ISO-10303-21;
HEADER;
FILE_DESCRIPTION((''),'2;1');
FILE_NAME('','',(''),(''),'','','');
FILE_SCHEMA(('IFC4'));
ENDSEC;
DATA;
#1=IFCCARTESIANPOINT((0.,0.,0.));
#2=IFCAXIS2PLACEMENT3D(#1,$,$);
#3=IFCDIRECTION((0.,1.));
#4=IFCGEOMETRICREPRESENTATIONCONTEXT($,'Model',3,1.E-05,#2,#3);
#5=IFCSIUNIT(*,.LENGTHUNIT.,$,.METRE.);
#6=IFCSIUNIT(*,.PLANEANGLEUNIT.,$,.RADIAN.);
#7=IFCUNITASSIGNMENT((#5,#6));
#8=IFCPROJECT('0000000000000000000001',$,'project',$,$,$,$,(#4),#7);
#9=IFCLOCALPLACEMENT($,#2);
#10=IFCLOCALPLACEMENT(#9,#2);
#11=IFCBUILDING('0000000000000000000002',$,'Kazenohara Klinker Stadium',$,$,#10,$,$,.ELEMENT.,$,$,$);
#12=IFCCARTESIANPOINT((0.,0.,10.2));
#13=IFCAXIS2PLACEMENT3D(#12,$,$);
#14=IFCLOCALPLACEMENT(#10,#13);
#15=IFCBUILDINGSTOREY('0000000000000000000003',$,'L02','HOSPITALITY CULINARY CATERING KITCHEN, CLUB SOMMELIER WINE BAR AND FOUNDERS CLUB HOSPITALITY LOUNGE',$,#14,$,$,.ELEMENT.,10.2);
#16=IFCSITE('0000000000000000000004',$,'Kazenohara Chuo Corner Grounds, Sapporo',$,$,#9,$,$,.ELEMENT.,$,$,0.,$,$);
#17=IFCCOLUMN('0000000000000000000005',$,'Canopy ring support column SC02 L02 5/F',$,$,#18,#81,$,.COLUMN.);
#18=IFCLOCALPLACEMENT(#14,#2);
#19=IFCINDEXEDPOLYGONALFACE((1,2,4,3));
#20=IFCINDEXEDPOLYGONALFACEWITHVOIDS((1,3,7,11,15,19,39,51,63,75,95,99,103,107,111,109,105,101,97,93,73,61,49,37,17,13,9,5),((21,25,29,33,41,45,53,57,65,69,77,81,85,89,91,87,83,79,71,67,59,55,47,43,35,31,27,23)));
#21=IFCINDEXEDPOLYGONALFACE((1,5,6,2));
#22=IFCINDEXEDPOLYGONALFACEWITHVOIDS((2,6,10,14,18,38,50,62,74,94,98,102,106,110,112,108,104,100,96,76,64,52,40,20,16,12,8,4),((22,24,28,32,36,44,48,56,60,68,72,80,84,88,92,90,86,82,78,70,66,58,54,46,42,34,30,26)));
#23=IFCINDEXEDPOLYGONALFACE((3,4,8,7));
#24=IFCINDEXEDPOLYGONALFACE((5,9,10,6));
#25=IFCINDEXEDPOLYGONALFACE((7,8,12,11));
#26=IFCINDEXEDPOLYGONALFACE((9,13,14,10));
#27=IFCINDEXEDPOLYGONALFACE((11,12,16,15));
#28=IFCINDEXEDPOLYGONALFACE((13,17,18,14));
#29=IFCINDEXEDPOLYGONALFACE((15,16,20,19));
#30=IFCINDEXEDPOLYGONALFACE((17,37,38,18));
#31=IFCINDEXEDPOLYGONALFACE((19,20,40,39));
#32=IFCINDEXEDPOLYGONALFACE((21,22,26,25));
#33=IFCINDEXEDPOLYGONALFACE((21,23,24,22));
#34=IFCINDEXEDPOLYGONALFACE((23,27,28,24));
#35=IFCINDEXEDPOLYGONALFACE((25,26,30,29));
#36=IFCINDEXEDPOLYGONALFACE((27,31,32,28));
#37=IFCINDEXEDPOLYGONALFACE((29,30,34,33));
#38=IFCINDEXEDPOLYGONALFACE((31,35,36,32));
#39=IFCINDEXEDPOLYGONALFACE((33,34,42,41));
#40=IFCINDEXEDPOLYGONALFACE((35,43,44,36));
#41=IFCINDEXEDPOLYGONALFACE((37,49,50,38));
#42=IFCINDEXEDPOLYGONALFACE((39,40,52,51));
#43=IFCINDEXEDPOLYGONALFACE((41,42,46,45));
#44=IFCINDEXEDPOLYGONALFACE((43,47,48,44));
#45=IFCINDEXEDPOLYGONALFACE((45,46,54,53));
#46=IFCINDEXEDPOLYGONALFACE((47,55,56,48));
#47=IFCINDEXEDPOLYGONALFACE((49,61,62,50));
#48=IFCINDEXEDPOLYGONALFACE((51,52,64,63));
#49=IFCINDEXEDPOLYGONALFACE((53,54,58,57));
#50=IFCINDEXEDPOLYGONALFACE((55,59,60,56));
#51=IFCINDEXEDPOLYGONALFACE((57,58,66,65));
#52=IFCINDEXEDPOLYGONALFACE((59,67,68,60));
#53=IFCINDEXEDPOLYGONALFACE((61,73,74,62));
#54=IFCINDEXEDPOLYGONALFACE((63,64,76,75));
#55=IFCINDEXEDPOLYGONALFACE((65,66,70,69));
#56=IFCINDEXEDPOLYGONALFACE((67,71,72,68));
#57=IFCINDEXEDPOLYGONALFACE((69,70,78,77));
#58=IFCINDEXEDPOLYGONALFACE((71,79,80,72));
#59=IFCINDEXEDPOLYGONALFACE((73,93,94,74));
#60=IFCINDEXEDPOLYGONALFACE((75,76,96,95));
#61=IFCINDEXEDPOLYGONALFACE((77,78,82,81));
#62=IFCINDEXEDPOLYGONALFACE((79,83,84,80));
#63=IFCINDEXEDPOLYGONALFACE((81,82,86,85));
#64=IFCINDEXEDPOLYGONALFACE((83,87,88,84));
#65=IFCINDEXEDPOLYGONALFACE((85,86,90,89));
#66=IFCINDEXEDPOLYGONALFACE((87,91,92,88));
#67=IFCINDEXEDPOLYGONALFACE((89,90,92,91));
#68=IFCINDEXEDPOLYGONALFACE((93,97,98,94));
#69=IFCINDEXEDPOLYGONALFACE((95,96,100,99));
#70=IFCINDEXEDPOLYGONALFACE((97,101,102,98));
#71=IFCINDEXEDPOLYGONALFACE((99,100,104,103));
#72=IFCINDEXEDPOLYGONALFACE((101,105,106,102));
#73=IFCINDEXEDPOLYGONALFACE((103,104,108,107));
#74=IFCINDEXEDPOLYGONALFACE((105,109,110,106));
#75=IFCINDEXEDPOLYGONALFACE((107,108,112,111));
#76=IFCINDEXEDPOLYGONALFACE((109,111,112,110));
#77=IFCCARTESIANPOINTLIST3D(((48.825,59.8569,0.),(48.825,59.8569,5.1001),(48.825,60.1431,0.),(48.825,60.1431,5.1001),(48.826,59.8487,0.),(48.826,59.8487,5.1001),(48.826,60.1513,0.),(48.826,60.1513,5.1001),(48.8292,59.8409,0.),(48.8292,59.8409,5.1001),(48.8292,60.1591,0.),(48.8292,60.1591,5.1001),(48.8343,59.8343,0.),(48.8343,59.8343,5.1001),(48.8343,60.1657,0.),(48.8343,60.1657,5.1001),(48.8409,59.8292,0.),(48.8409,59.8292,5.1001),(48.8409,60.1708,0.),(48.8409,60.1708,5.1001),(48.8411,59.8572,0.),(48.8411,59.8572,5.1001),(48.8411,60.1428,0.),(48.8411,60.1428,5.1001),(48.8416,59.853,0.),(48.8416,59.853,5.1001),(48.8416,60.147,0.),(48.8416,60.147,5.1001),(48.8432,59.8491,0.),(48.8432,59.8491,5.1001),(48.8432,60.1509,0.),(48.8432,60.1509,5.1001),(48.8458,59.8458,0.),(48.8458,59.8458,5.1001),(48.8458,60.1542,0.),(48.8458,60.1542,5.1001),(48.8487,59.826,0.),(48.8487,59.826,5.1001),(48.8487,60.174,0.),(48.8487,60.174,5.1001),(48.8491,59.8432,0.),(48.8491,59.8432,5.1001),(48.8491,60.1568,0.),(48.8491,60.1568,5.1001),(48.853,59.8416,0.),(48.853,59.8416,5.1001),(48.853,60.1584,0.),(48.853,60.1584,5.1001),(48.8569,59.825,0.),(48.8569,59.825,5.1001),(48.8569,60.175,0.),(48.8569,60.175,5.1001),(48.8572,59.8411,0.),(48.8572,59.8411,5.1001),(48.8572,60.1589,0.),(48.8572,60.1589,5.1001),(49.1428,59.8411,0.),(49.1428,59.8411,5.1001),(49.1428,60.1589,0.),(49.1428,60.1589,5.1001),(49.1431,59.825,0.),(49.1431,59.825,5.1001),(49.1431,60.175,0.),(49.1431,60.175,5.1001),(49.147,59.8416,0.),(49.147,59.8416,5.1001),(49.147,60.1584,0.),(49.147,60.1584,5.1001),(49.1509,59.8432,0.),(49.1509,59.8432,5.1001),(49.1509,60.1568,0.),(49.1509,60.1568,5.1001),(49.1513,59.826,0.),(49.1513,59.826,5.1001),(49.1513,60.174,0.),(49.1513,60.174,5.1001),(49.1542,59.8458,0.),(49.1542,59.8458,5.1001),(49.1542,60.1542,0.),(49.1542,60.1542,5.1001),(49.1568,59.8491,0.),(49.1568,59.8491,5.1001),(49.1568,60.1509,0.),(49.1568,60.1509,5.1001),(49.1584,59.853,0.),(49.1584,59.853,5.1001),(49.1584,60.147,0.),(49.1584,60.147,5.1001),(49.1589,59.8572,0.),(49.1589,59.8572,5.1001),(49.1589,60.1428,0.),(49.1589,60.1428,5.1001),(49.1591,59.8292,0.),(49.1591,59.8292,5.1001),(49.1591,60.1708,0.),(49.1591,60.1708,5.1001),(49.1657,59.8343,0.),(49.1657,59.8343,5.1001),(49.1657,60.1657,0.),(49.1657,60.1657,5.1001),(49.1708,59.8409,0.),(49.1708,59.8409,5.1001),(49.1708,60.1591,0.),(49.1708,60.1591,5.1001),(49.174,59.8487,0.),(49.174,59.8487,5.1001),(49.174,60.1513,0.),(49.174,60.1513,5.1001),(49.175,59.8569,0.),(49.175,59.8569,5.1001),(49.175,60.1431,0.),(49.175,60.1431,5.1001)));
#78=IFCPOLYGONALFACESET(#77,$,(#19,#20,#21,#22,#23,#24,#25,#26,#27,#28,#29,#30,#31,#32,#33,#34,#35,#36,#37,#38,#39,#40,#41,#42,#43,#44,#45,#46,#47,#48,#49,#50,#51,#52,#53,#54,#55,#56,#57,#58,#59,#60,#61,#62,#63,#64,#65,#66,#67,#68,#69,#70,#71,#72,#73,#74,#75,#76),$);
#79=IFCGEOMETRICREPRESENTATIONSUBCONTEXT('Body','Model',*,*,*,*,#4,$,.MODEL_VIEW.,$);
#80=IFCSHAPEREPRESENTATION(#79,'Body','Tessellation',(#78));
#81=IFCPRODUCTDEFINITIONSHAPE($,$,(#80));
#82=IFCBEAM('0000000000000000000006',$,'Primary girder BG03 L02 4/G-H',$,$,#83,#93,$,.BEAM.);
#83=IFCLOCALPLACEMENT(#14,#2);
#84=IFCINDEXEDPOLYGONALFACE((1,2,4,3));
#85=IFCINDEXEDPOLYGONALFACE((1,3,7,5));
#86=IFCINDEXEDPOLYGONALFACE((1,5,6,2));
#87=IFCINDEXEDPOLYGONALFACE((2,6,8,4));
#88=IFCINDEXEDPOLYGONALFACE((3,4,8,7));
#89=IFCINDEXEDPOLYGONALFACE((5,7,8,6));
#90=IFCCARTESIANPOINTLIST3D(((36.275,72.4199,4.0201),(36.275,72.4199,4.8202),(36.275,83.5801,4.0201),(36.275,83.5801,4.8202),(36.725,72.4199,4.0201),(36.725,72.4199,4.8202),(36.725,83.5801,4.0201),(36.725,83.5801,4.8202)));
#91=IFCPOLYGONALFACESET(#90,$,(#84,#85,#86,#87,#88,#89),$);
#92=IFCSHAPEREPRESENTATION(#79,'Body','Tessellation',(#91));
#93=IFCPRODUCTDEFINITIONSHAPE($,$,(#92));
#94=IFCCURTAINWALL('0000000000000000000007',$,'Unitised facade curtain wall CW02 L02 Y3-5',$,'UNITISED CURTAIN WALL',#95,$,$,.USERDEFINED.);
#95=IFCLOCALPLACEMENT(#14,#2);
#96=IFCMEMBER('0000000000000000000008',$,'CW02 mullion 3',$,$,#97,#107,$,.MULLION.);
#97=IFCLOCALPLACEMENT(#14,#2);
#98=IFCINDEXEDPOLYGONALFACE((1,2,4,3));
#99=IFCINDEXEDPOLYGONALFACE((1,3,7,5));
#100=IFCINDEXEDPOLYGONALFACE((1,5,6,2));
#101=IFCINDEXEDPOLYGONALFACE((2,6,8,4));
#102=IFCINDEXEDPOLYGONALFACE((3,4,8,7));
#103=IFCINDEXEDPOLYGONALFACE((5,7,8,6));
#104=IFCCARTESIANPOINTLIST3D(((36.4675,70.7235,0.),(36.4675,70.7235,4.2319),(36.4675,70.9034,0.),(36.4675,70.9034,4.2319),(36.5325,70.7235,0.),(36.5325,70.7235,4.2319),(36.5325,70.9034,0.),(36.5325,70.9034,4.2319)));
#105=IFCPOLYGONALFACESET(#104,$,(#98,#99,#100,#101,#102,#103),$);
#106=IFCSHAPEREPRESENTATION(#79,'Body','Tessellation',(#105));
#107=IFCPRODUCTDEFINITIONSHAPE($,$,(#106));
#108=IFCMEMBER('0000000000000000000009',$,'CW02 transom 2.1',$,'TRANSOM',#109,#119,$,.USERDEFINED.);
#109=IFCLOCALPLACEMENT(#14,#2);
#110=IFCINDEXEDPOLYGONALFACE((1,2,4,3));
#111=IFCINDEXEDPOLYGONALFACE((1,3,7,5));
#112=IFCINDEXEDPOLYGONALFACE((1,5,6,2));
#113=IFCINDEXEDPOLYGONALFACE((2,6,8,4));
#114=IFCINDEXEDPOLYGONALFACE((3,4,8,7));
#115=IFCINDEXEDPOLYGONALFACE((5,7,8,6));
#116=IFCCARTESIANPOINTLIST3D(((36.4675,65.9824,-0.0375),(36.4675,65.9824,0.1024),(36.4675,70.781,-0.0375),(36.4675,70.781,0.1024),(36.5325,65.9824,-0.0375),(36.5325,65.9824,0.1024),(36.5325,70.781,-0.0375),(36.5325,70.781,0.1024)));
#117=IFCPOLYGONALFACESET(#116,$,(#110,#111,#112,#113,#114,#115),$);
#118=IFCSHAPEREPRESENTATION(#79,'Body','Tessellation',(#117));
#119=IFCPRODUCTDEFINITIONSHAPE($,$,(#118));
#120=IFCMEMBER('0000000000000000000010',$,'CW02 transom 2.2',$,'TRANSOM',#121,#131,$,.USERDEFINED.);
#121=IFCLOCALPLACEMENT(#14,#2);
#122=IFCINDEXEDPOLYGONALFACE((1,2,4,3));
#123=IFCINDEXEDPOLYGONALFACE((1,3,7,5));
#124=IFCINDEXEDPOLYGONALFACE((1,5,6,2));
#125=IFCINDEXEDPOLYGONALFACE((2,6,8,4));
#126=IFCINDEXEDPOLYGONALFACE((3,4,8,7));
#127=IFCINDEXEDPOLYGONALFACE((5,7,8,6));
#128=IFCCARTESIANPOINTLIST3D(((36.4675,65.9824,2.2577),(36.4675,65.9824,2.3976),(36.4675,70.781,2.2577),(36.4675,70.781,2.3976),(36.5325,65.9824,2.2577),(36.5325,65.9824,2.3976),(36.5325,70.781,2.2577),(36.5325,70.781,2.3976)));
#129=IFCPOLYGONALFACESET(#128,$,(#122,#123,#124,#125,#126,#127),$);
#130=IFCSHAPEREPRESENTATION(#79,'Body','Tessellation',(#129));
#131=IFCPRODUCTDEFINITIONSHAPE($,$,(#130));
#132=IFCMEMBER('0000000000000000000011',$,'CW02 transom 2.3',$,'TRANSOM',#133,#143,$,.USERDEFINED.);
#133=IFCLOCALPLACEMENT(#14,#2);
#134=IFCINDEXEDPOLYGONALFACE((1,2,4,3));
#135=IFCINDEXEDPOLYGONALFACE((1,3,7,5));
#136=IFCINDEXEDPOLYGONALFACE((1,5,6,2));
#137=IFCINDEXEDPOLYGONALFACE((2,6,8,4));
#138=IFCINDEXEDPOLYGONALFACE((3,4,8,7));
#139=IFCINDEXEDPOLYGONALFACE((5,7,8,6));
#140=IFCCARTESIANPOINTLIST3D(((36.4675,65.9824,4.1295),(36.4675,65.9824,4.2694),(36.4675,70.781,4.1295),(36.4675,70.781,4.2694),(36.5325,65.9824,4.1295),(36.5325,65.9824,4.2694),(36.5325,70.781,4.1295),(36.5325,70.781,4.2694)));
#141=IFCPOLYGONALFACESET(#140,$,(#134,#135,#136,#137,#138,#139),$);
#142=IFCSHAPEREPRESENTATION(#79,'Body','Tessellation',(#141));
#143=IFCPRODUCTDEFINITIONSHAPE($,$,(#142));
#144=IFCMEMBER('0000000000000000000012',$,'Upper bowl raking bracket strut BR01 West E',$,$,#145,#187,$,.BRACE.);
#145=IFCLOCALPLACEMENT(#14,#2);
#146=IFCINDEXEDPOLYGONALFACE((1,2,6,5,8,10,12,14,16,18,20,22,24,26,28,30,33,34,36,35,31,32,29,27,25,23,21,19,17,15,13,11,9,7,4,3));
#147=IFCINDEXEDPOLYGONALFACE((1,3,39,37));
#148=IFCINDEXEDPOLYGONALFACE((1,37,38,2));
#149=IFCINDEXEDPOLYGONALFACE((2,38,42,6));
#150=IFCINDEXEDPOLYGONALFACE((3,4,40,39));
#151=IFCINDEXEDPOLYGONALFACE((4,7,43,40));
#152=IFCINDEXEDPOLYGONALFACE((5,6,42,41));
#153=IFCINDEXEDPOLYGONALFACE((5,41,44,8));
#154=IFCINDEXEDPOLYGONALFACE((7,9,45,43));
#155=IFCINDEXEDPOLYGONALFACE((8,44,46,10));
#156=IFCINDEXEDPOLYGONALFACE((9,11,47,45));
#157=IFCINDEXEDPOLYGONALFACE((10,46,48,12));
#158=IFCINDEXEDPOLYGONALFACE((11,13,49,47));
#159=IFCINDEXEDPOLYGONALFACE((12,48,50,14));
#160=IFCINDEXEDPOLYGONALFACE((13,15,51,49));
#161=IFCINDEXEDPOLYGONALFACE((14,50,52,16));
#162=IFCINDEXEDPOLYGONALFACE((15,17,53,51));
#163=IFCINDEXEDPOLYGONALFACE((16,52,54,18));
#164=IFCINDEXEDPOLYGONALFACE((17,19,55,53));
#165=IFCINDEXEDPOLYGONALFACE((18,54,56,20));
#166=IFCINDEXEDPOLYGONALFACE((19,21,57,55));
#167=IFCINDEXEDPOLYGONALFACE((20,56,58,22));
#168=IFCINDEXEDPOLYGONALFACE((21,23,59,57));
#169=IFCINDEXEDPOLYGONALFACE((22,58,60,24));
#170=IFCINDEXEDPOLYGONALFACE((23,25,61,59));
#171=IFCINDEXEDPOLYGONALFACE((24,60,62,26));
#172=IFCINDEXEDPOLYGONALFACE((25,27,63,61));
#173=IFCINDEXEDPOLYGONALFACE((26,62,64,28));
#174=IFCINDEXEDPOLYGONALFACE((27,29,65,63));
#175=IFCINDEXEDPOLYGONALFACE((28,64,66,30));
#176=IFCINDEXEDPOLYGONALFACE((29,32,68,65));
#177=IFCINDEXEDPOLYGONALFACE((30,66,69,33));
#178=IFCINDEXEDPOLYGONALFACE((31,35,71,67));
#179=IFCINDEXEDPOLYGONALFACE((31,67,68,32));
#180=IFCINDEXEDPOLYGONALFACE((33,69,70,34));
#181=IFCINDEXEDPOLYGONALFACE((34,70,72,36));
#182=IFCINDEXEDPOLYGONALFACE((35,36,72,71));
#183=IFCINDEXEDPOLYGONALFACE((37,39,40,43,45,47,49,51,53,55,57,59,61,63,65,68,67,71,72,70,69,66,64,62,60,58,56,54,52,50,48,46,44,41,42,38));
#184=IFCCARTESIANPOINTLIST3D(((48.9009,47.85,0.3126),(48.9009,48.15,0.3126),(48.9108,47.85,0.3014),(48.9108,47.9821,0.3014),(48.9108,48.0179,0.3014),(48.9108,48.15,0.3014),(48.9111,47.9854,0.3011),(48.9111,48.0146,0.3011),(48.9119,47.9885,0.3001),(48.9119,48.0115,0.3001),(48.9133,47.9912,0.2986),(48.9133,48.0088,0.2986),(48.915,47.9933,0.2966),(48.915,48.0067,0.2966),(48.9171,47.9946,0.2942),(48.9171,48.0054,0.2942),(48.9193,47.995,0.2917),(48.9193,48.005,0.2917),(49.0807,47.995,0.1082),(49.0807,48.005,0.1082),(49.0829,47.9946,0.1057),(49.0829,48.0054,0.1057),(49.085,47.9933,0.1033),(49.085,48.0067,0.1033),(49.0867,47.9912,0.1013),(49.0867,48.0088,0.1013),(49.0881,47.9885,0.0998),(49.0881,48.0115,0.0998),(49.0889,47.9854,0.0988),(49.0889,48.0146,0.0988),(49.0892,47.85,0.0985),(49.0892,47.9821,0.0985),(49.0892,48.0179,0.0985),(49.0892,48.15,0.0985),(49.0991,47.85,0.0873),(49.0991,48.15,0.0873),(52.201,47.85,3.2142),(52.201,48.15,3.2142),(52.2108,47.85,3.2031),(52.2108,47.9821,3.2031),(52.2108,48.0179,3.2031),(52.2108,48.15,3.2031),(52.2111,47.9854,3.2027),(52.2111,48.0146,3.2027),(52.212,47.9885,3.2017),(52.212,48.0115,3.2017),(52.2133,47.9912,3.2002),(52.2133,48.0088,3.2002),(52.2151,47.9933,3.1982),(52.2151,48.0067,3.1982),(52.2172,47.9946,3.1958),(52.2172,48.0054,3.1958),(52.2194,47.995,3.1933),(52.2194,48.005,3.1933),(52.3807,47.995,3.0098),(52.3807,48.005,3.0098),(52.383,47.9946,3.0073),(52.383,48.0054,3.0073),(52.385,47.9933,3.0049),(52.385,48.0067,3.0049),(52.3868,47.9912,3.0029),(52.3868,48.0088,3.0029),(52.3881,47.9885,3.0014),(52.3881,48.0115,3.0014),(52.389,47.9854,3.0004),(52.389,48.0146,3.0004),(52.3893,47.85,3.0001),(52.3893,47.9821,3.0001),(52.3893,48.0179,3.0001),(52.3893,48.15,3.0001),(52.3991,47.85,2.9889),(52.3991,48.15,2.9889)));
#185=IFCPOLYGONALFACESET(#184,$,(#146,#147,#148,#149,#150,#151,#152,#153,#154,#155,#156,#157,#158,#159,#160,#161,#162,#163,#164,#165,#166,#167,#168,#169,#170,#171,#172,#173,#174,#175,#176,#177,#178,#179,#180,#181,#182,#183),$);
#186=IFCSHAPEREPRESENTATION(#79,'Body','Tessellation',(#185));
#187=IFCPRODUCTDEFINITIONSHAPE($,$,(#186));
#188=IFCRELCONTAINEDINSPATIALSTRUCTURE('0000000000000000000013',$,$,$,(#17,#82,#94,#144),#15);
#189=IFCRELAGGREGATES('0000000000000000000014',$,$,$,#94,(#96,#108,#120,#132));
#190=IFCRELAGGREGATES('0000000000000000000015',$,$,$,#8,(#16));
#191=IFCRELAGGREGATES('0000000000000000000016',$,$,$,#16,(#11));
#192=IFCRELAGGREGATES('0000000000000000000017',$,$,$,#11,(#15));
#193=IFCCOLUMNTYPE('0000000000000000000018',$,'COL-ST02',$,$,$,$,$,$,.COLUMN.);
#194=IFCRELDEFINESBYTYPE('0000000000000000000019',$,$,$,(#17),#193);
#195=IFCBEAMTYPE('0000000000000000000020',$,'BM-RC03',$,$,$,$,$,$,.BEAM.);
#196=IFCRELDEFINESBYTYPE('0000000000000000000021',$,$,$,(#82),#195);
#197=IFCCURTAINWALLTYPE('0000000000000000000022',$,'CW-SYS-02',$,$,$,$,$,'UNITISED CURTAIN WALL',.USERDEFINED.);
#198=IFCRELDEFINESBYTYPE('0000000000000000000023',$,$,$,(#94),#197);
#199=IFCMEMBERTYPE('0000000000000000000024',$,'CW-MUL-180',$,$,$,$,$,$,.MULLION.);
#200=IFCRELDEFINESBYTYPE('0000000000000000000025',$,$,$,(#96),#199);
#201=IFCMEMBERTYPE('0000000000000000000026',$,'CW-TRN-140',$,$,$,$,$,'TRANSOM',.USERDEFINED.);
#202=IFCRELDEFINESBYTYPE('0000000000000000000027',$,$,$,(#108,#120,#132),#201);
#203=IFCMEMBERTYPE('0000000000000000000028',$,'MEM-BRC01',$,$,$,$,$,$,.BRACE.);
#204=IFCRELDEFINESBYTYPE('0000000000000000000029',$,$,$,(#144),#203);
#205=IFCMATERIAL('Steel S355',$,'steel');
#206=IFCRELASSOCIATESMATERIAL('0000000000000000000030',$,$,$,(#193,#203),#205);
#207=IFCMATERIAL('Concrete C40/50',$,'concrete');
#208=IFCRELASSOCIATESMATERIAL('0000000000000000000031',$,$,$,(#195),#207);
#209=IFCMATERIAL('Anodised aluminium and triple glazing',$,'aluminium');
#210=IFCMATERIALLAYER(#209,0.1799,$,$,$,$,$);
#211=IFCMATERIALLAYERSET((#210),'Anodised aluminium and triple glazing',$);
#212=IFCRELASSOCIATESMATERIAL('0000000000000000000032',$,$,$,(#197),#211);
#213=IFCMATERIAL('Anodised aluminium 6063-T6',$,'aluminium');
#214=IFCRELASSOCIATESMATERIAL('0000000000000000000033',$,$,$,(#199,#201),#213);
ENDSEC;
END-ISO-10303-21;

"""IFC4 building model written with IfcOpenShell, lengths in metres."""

from ifc_helpers import new_model, si_unit, direction, frame, origin, origin_2d, place, context, subcontext, project, spatial, rectangle, hollow_rectangle, i_section, extrude, material, layer, layer_set, material_profile, profile_set, type_object, element, aggregate, save


model = new_model("IFC4")

# Units and contexts
model_context = context("Model", 3, precision=1e-05, world=origin(), true_north=direction((0.0, 1.0)))
body_context = subcontext(model_context, "Body", "Model", "MODEL_VIEW")
ifc_project = project(units=[si_unit("LENGTHUNIT", "METRE"), si_unit("PLANEANGLEUNIT", "RADIAN")], contexts=[model_context])

# Site, building, storey
site_placement = place(None, origin())
site = spatial("IfcSite", under=ifc_project, at=site_placement, Name="Kazenohara Chuo Corner Grounds, Sapporo", CompositionType="ELEMENT", RefElevation=0.0)
building_placement = place(site_placement, origin())
building = spatial("IfcBuilding", under=site, at=building_placement, Name="Kazenohara Klinker Stadium", CompositionType="ELEMENT")
storey_placement = place(building_placement, frame((0.0, 0.0, 10.2)))
storey = spatial("IfcBuildingStorey", under=building, at=storey_placement, Name="L02", Description="HOSPITALITY CULINARY CATERING KITCHEN, CLUB SOMMELIER WINE BAR AND FOUNDERS CLUB HOSPITALITY LOUNGE", CompositionType="ELEMENT", Elevation=10.2)

# Column
ifc_material_1 = material(Name="Concrete C40/50", Category="concrete")
ifc_material_2 = material(Name="Steel S355", Category="steel")
ifc_material_profile_1 = material_profile(ifc_material_2, hollow_rectangle(XDim=0.3501, YDim=0.3501, WallThickness=0.0161, InnerFilletRadius=0.0161, OuterFilletRadius=0.032, at=origin_2d()), Name="SHS-350x350x16")
ifc_profile_set_1 = profile_set([ifc_material_profile_1], Name="Steel S355")
column_type_1 = type_object("IfcColumnType", Name="COL-ST02", PredefinedType="COLUMN", material=ifc_profile_set_1)
column_placement = place(storey_placement, frame((49.0, 60.0, 0.0), z_axis=(0.0, 0.0, 1.0), x_axis=(1.0, 0.0, 0.0)))
element("IfcColumn", 1, at=column_placement, inside=storey, type_object=column_type_1, Name="Canopy ring support column SC02 L02 5/F", PredefinedType="COLUMN", context=body_context, shape_type="SweptSolid", body=[
    extrude(hollow_rectangle(XDim=0.3501, YDim=0.3501, WallThickness=0.0161, InnerFilletRadius=0.0161, OuterFilletRadius=0.032, at=origin_2d()), origin(), (0.0, 0.0, 1.0), 5.1001),
])

# Beam
ifc_material_profile_2 = material_profile(ifc_material_1, rectangle(XDim=0.45, YDim=0.8, at=origin_2d()), Name="RC-BM-450x800")
ifc_profile_set_2 = profile_set([ifc_material_profile_2], Name="Concrete C40/50")
beam_type = type_object("IfcBeamType", Name="BM-RC03", PredefinedType="BEAM", material=ifc_profile_set_2)
beam_placement = place(storey_placement, frame((36.5, 72.4199, 4.4202), z_axis=(0.0, 1.0, 0.0), x_axis=(-1.0, 0.0, 0.0)))
element("IfcBeam", 2, at=beam_placement, inside=storey, type_object=beam_type, Name="Primary girder BG03 L02 4/G-H", PredefinedType="BEAM", context=body_context, shape_type="SweptSolid", body=[
    extrude(rectangle(XDim=0.45, YDim=0.8, at=origin_2d()), origin(), (0.0, 0.0, 1.0), 11.1602),
])

# Curtain wall, members
ifc_material_3 = material(Name="Anodised aluminium and triple glazing", Category="aluminium")
ifc_layer_1 = layer(ifc_material_3, 0.1799)
ifc_layer_set_1 = layer_set([ifc_layer_1], Name="Anodised aluminium and triple glazing")
curtain_wall_type = type_object("IfcCurtainWallType", Name="CW-SYS-02", ElementType="UNITISED CURTAIN WALL", PredefinedType="USERDEFINED", material=ifc_layer_set_1)
curtain_wall_placement = place(storey_placement, origin())
curtain_wall = element("IfcCurtainWall", 3, at=curtain_wall_placement, inside=storey, type_object=curtain_wall_type, Name="Unitised facade curtain wall CW02 L02 Y3-5", ObjectType="UNITISED CURTAIN WALL", PredefinedType="USERDEFINED")
ifc_material_4 = material(Name="Anodised aluminium 6063-T6", Category="aluminium")
ifc_material_profile_3 = material_profile(ifc_material_4, rectangle(XDim=0.0649, YDim=0.1799, at=origin_2d()), Name="ALU-MUL-65x180")
ifc_profile_set_3 = profile_set([ifc_material_profile_3], Name="Anodised aluminium 6063-T6")
member_type_1 = type_object("IfcMemberType", Name="CW-MUL-180", PredefinedType="MULLION", material=ifc_profile_set_3)
member_1_placement = place(storey_placement, frame((36.5, 70.8135, 0.0), z_axis=(0.0, 0.0, 1.0), x_axis=(-1.0, 0.0, 0.0)))
member_1 = element("IfcMember", 4, at=member_1_placement, type_object=member_type_1, Name="CW02 mullion 3", PredefinedType="MULLION", context=body_context, shape_type="SweptSolid", body=[
    extrude(rectangle(XDim=0.0649, YDim=0.1799, at=origin_2d()), origin(), (0.0, 0.0, 1.0), 4.2319),
])
ifc_material_profile_4 = material_profile(ifc_material_4, rectangle(XDim=0.0649, YDim=0.1399, at=origin_2d()), Name="ALU-TRN-65x140")
ifc_profile_set_4 = profile_set([ifc_material_profile_4], Name="Anodised aluminium 6063-T6")
member_type_2 = type_object("IfcMemberType", Name="CW-TRN-140", ElementType="TRANSOM", PredefinedType="USERDEFINED", material=ifc_profile_set_4)
member_2_placement = place(storey_placement, frame((36.5, 65.9824, 0.0325), z_axis=(0.0, 1.0, 0.0), x_axis=(-1.0, 0.0, 0.0)))
member_2 = element("IfcMember", 5, at=member_2_placement, type_object=member_type_2, Name="CW02 transom 2.1", ObjectType="TRANSOM", PredefinedType="USERDEFINED", context=body_context, shape_type="SweptSolid", body=[
    extrude(rectangle(XDim=0.0649, YDim=0.1399, at=origin_2d()), origin(), (0.0, 0.0, 1.0), 4.7986),
])
member_3_placement = place(storey_placement, frame((36.5, 65.9824, 2.3276), z_axis=(0.0, 1.0, 0.0), x_axis=(-1.0, 0.0, 0.0)))
member_3 = element("IfcMember", 6, at=member_3_placement, type_object=member_type_2, Name="CW02 transom 2.2", ObjectType="TRANSOM", PredefinedType="USERDEFINED", context=body_context, shape_type="SweptSolid", body=[
    extrude(rectangle(XDim=0.0649, YDim=0.1399, at=origin_2d()), origin(), (0.0, 0.0, 1.0), 4.7986),
])
member_4_placement = place(storey_placement, frame((36.5, 65.9824, 4.1995), z_axis=(0.0, 1.0, 0.0), x_axis=(-1.0, 0.0, 0.0)))
member_4 = element("IfcMember", 7, at=member_4_placement, type_object=member_type_2, Name="CW02 transom 2.3", ObjectType="TRANSOM", PredefinedType="USERDEFINED", context=body_context, shape_type="SweptSolid", body=[
    extrude(rectangle(XDim=0.0649, YDim=0.1399, at=origin_2d()), origin(), (0.0, 0.0, 1.0), 4.7986),
])

# Member
ifc_material_profile_5 = material_profile(ifc_material_2, i_section(OverallWidth=0.3, OverallDepth=0.3, WebThickness=0.01, FlangeThickness=0.0149, FilletRadius=0.0129, at=origin_2d()), Name="H-300x300x10x15")
ifc_profile_set_5 = profile_set([ifc_material_profile_5], Name="Steel S355")
member_type_3 = type_object("IfcMemberType", Name="MEM-BRC01", PredefinedType="BRACE", material=ifc_profile_set_5)
for number, where, z_axis, x_axis, name in (
    (8, (49.0, 48.0, 0.2), (0.750988, 0.0, 0.660316), (0.0, 1.0, 0.0), "Upper bowl raking bracket strut BR01 West E"),
):
    element("IfcMember", number, at=place(storey_placement, frame(where, z_axis=z_axis, x_axis=x_axis)), inside=storey, type_object=member_type_3, Name=name, PredefinedType="BRACE", context=body_context, shape_type="SweptSolid", body=[
        extrude(i_section(OverallWidth=0.3, OverallDepth=0.3, WebThickness=0.01, FlangeThickness=0.0149, FilletRadius=0.0129, at=origin_2d()), origin(), (0.0, 0.0, 1.0), 4.3943),
    ])

aggregate(curtain_wall, [member_1, member_2, member_3, member_4])

save(model, "model.ifc")
